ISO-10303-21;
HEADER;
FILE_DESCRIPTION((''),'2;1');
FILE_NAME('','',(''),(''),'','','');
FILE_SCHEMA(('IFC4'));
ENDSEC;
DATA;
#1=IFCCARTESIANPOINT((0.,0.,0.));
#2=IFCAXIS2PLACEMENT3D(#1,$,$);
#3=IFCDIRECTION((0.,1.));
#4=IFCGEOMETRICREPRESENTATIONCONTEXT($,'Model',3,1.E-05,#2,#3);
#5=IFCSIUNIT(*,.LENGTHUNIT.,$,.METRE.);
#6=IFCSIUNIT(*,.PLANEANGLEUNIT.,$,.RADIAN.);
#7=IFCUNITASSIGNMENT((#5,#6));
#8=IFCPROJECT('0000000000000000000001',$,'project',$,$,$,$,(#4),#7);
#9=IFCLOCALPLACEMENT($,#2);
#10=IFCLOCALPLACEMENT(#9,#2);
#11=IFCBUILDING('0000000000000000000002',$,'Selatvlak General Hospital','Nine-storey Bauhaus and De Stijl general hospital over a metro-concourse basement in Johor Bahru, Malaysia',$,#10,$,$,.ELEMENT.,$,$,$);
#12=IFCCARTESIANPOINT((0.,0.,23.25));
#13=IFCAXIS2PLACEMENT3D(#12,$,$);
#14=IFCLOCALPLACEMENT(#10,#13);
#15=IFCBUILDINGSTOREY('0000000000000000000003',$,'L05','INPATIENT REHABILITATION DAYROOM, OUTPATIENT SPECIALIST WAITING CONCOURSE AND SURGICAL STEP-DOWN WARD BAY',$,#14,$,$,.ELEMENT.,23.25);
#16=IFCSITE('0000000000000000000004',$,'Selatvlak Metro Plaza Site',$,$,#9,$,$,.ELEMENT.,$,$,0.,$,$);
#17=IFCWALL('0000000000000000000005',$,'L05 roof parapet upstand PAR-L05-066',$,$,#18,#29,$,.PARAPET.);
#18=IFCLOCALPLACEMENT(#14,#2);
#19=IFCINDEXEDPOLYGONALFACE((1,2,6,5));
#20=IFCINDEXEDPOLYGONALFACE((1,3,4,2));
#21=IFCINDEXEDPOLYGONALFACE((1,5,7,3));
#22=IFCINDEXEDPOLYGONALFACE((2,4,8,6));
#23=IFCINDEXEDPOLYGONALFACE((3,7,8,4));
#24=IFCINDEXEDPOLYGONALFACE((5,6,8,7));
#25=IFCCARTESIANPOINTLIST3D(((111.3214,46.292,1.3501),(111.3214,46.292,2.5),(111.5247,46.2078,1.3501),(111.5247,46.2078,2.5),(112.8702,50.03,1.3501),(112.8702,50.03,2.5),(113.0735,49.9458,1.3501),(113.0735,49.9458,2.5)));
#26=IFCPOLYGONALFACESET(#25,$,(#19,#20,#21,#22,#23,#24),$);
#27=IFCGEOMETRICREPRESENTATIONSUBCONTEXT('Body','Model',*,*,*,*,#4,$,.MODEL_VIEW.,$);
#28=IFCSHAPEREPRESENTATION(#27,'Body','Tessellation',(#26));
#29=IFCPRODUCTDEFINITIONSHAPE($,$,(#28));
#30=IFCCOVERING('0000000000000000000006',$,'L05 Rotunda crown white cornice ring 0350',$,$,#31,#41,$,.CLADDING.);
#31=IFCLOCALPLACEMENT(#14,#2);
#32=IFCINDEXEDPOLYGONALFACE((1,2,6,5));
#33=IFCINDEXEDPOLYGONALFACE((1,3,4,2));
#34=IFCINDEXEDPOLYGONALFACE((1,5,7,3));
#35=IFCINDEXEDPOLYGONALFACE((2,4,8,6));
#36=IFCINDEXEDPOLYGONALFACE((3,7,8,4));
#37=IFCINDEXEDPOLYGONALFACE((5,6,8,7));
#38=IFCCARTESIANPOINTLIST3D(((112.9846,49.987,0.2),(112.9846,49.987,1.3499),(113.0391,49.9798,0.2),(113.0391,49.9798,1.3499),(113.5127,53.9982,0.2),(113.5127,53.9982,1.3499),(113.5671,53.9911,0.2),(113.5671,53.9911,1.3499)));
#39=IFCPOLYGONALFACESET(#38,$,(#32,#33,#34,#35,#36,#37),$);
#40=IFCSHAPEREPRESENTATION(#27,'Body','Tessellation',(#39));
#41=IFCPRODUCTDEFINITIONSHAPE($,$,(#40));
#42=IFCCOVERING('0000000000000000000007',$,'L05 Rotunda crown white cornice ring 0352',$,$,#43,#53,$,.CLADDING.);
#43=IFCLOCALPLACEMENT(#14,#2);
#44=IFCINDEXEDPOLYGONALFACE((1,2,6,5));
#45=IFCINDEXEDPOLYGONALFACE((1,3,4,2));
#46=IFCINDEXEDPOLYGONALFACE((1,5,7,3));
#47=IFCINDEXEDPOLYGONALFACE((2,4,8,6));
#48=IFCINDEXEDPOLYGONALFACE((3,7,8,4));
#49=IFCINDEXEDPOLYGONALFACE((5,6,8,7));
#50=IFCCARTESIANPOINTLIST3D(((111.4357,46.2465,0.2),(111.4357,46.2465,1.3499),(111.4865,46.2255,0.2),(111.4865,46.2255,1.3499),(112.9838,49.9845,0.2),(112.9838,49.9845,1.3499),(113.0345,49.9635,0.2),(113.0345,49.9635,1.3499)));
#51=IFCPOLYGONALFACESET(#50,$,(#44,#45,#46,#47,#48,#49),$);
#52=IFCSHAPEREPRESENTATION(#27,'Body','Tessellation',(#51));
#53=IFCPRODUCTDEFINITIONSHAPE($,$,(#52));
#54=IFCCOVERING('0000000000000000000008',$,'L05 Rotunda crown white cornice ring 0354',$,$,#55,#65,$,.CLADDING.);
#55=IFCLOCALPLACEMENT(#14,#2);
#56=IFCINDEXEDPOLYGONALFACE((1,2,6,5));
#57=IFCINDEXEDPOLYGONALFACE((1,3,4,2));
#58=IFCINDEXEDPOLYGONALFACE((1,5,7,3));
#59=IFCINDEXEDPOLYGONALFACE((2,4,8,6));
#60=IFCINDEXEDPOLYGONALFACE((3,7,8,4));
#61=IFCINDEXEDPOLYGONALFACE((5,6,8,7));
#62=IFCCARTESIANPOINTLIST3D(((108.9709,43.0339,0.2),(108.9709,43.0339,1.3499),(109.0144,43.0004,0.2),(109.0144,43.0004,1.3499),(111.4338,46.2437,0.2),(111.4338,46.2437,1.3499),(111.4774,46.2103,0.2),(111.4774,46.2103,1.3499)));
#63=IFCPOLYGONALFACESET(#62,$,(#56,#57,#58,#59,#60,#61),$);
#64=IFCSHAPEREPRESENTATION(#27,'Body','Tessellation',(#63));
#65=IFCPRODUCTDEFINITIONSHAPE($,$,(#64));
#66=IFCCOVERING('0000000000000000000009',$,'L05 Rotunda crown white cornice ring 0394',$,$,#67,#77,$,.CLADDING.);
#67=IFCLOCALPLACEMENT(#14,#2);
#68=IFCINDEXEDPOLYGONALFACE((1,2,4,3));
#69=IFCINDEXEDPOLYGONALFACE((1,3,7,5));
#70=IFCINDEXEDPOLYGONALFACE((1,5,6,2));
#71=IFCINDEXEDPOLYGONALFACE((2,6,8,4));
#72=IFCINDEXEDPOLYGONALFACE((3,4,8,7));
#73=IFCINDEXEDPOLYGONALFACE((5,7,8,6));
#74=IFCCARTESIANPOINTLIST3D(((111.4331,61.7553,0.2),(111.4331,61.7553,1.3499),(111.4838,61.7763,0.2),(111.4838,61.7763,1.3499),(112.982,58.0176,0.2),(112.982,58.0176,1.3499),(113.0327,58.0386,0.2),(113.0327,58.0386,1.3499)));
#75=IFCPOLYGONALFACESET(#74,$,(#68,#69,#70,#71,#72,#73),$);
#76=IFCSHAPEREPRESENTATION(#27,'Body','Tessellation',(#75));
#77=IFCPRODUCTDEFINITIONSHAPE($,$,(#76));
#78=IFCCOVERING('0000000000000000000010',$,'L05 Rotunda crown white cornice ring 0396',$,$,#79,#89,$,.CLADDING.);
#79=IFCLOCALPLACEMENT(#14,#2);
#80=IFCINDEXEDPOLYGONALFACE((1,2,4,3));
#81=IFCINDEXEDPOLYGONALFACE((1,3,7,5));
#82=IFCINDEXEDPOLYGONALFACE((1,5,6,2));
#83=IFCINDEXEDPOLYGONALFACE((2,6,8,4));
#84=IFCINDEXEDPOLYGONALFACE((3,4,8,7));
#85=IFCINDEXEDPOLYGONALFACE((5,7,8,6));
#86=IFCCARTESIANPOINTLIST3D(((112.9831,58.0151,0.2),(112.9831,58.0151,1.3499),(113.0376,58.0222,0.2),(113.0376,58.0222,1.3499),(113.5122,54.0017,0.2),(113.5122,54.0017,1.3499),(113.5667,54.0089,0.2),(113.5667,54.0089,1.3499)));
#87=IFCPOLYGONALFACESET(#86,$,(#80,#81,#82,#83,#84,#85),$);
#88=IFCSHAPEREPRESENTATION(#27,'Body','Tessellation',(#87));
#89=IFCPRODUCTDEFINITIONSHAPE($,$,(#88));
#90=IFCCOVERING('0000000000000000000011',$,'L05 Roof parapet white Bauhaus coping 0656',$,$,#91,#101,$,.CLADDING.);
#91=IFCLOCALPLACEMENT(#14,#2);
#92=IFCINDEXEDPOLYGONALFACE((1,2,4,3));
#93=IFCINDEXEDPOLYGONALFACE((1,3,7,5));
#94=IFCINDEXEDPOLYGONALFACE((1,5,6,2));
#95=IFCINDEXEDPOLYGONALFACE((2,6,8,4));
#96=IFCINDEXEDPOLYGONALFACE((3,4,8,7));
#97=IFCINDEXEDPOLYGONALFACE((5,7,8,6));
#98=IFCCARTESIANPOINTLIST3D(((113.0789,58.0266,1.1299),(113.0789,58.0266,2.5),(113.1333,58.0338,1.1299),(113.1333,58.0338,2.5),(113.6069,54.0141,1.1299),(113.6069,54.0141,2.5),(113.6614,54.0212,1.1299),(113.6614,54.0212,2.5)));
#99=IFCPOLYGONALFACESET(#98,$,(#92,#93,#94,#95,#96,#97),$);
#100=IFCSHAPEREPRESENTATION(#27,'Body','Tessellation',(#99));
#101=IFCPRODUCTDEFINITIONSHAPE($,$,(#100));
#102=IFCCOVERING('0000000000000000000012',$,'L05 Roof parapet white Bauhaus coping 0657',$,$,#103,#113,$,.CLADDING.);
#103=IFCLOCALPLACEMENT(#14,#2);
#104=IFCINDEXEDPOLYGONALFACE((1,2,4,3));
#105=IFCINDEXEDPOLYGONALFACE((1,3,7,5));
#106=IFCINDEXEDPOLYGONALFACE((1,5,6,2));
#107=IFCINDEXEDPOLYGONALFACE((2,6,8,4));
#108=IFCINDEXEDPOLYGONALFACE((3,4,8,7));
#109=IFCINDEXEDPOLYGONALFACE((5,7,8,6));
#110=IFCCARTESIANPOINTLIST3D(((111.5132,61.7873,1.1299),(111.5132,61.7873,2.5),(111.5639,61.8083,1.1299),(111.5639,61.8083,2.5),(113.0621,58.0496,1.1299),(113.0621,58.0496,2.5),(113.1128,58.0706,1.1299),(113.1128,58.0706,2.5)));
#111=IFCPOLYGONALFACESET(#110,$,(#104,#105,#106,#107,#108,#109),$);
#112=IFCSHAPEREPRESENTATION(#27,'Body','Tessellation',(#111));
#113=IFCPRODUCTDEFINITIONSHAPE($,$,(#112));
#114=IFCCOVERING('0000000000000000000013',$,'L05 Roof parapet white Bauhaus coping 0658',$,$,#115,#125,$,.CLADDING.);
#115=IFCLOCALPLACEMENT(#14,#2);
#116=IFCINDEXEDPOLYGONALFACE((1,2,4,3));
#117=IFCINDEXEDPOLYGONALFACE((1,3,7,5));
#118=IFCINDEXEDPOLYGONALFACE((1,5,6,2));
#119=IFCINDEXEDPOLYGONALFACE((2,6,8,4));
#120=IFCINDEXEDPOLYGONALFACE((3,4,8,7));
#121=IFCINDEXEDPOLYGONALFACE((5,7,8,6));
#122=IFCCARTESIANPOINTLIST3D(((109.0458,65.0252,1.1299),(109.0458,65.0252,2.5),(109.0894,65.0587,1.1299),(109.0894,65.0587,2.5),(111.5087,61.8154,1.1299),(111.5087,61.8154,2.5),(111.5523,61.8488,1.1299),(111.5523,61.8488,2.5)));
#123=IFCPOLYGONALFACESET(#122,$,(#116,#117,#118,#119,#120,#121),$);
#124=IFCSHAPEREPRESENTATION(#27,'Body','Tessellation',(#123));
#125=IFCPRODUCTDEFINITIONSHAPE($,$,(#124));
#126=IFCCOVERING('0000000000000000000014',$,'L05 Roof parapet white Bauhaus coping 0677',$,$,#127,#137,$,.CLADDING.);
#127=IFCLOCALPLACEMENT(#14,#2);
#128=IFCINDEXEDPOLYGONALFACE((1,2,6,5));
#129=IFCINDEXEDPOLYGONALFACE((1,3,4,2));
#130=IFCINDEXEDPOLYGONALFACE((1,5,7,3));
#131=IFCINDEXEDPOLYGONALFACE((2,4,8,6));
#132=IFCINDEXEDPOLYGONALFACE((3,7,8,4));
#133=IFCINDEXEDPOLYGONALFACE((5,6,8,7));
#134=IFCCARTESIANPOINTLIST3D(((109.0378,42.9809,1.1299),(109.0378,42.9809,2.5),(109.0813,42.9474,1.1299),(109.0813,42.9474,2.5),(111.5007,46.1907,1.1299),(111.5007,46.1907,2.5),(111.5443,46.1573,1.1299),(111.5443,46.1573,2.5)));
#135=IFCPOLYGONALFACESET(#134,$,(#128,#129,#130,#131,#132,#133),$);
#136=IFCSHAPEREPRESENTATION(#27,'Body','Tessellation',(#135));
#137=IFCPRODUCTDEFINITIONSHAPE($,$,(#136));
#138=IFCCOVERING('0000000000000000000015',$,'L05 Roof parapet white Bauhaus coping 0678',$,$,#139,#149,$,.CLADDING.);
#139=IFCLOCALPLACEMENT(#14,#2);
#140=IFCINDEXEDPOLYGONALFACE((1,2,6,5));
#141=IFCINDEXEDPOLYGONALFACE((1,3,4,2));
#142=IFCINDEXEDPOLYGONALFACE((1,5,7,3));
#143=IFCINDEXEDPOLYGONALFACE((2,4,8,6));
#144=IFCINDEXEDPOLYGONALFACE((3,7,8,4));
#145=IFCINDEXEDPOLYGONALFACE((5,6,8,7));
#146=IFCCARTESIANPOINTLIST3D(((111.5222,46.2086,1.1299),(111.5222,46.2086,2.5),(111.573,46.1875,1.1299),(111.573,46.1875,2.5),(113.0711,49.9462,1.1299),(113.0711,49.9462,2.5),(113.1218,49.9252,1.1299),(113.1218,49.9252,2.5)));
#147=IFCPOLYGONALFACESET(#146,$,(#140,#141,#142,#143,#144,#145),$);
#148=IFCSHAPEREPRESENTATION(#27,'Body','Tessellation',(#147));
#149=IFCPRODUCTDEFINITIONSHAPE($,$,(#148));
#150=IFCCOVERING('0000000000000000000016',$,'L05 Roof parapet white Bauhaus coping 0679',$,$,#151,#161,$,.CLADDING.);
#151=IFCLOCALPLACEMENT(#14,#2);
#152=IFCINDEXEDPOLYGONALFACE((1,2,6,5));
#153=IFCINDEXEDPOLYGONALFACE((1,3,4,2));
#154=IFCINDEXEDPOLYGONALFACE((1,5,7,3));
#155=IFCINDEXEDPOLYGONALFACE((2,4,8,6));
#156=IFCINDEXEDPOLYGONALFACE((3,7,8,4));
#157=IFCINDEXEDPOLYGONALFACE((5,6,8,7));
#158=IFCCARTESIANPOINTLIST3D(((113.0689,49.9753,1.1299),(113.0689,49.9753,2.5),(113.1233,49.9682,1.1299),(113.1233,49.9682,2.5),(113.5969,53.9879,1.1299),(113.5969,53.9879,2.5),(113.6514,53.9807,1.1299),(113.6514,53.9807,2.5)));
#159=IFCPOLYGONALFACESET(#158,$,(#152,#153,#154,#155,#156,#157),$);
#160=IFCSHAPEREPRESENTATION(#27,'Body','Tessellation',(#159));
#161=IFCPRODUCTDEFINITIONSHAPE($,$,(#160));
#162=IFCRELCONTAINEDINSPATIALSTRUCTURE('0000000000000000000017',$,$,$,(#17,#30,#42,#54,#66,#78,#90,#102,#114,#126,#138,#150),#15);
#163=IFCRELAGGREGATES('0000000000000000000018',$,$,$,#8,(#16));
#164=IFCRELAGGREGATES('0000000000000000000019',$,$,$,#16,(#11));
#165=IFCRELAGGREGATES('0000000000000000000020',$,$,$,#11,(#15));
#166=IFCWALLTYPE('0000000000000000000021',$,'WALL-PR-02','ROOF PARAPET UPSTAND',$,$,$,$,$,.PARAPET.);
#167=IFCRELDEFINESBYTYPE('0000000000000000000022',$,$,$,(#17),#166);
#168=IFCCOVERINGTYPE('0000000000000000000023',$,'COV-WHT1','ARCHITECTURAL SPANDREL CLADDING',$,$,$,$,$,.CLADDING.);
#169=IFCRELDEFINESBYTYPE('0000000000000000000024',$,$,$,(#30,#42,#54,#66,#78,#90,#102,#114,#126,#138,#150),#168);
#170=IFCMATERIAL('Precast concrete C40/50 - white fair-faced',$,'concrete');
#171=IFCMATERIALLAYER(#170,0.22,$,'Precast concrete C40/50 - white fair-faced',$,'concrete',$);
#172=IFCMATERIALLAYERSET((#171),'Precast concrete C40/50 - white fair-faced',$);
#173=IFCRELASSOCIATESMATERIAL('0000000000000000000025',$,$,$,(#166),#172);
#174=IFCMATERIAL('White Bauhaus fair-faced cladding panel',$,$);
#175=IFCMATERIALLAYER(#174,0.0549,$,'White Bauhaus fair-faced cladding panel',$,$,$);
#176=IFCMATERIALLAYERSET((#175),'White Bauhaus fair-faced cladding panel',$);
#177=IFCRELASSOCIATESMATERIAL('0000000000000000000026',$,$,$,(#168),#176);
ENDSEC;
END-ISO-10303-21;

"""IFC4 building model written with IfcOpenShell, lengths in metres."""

from ifc_helpers import new_model, si_unit, direction, frame, frame_2d, origin, origin_2d, place, context, subcontext, project, spatial, rectangle, extrude, material, layer, layer_set, type_object, element, save


model = new_model("IFC4")

# Units and contexts
model_context = context("Model", 3, precision=1e-05, world=origin(), true_north=direction((0.0, 1.0)))
body_context = subcontext(model_context, "Body", "Model", "MODEL_VIEW")
ifc_project = project(units=[si_unit("LENGTHUNIT", "METRE"), si_unit("PLANEANGLEUNIT", "RADIAN")], contexts=[model_context])

# Site, building, storey
site_placement = place(None, origin())
site = spatial("IfcSite", under=ifc_project, at=site_placement, Name="Selatvlak Metro Plaza Site", CompositionType="ELEMENT", RefElevation=0.0)
building_placement = place(site_placement, origin())
building = spatial("IfcBuilding", under=site, at=building_placement, Name="Selatvlak General Hospital", Description="Nine-storey Bauhaus and De Stijl general hospital over a metro-concourse basement in Johor Bahru, Malaysia", CompositionType="ELEMENT")
storey_placement = place(building_placement, frame((0.0, 0.0, 23.25)))
storey = spatial("IfcBuildingStorey", under=building, at=storey_placement, Name="L05", Description="INPATIENT REHABILITATION DAYROOM, OUTPATIENT SPECIALIST WAITING CONCOURSE AND SURGICAL STEP-DOWN WARD BAY", CompositionType="ELEMENT", Elevation=23.25)

# Wall
ifc_material_1 = material(Name="Precast concrete C40/50 - white fair-faced", Category="concrete")
ifc_layer_1 = layer(ifc_material_1, 0.22, Name="Precast concrete C40/50 - white fair-faced", Category="concrete")
ifc_layer_set_1 = layer_set([ifc_layer_1], Name="Precast concrete C40/50 - white fair-faced")
wall_type_1 = type_object("IfcWallType", Name="WALL-PR-02", Description="ROOF PARAPET UPSTAND", PredefinedType="PARAPET", material=ifc_layer_set_1)
for number, where, z_axis, x_axis, name in (
    (1, (111.4231, 46.25, 1.3501), (0.0, 0.0, 1.0), (0.382785, 0.923837, 0.0), "L05 roof parapet upstand PAR-L05-066"),
):
    element("IfcWall", number, at=place(storey_placement, frame(where, z_axis=z_axis, x_axis=x_axis)), inside=storey, type_object=wall_type_1, Name=name, PredefinedType="PARAPET", context=body_context, shape_type="SweptSolid", body=[
        extrude(rectangle(XDim=4.0461, YDim=0.22, at=frame_2d((2.0229, 0.0))), origin(), (0.0, 0.0, 1.0), 1.1499),
    ])

# Coverings
ifc_material_2 = material(Name="White Bauhaus fair-faced cladding panel")
ifc_layer_2 = layer(ifc_material_2, 0.0549, Name="White Bauhaus fair-faced cladding panel")
ifc_layer_set_2 = layer_set([ifc_layer_2], Name="White Bauhaus fair-faced cladding panel")
covering_type = type_object("IfcCoveringType", Name="COV-WHT1", Description="ARCHITECTURAL SPANDREL CLADDING", PredefinedType="CLADDING", material=ifc_layer_set_2)
for number, where, z_axis, x_axis, name in (
    (2, (113.2759, 51.989, 0.2), (0.0, 0.0, 1.0), (-0.130509, -0.991447, 0.0), "L05 Rotunda crown white cornice ring 0350"),
    (3, (112.2351, 48.105, 0.2), (0.0, 0.0, 1.0), (-0.382619, -0.923906, 0.0), "L05 Rotunda crown white cornice ring 0352"),
    (4, (110.2241, 44.6221, 0.2), (0.0, 0.0, 1.0), (-0.608748, -0.793364, 0.0), "L05 Rotunda crown white cornice ring 0354"),
    (5, (112.2329, 59.897, 0.2), (0.0, 0.0, 1.0), (0.382829, -0.923819, 0.0), "L05 Rotunda crown white cornice ring 0394"),
):
    element("IfcCovering", number, at=place(storey_placement, frame(where, z_axis=z_axis, x_axis=x_axis)), inside=storey, type_object=covering_type, Name=name, PredefinedType="CLADDING", context=body_context, shape_type="SweptSolid", body=[
        extrude(rectangle(XDim=4.0459, YDim=0.0549, at=origin_2d()), origin(), (0.0, 0.0, 1.0), 1.1499),
    ])
covering_1_placement = place(storey_placement, frame((113.2749, 56.012, 0.2), z_axis=(0.0, 0.0, 1.0), x_axis=(0.130699, -0.991422, 0.0)))
element("IfcCovering", 6, at=covering_1_placement, inside=storey, type_object=covering_type, Name="L05 Rotunda crown white cornice ring 0396", PredefinedType="CLADDING", context=body_context, shape_type="SweptSolid", body=[
    extrude(rectangle(XDim=4.0481, YDim=0.0549, at=origin_2d()), origin(), (0.0, 0.0, 1.0), 1.1499),
])
covering_2_placement = place(storey_placement, frame((113.3701, 56.0239, 1.1299), z_axis=(0.0, 0.0, 1.0), x_axis=(-0.130474, 0.991452, 0.0)))
element("IfcCovering", 7, at=covering_2_placement, inside=storey, type_object=covering_type, Name="L05 Roof parapet white Bauhaus coping 0656", PredefinedType="CLADDING", context=body_context, shape_type="SweptSolid", body=[
    extrude(rectangle(XDim=4.0471, YDim=0.0549, at=origin_2d()), origin(), (0.0, 0.0, 1.0), 1.3701),
])
for number, where, z_axis, x_axis, name in (
    (8, (112.313, 59.929, 1.1299), (0.0, 0.0, 1.0), (-0.382829, 0.923819, 0.0), "L05 Roof parapet white Bauhaus coping 0657"),
    (9, (110.2991, 63.437, 1.1299), (0.0, 0.0, 1.0), (-0.608748, 0.793364, 0.0), "L05 Roof parapet white Bauhaus coping 0658"),
    (10, (110.291, 44.5691, 1.1299), (0.0, 0.0, 1.0), (0.608748, 0.793364, 0.0), "L05 Roof parapet white Bauhaus coping 0677"),
    (11, (112.322, 48.0669, 1.1299), (0.0, 0.0, 1.0), (0.382829, 0.923819, 0.0), "L05 Roof parapet white Bauhaus coping 0678"),
):
    element("IfcCovering", number, at=place(storey_placement, frame(where, z_axis=z_axis, x_axis=x_axis)), inside=storey, type_object=covering_type, Name=name, PredefinedType="CLADDING", context=body_context, shape_type="SweptSolid", body=[
        extrude(rectangle(XDim=4.0459, YDim=0.0549, at=origin_2d()), origin(), (0.0, 0.0, 1.0), 1.3701),
    ])
covering_3_placement = place(storey_placement, frame((113.3601, 51.978, 1.1299), z_axis=(0.0, 0.0, 1.0), x_axis=(0.130474, 0.991452, 0.0)))
element("IfcCovering", 12, at=covering_3_placement, inside=storey, type_object=covering_type, Name="L05 Roof parapet white Bauhaus coping 0679", PredefinedType="CLADDING", context=body_context, shape_type="SweptSolid", body=[
    extrude(rectangle(XDim=4.0471, YDim=0.0549, at=origin_2d()), origin(), (0.0, 0.0, 1.0), 1.3701),
])

save(model, "model.ifc")
